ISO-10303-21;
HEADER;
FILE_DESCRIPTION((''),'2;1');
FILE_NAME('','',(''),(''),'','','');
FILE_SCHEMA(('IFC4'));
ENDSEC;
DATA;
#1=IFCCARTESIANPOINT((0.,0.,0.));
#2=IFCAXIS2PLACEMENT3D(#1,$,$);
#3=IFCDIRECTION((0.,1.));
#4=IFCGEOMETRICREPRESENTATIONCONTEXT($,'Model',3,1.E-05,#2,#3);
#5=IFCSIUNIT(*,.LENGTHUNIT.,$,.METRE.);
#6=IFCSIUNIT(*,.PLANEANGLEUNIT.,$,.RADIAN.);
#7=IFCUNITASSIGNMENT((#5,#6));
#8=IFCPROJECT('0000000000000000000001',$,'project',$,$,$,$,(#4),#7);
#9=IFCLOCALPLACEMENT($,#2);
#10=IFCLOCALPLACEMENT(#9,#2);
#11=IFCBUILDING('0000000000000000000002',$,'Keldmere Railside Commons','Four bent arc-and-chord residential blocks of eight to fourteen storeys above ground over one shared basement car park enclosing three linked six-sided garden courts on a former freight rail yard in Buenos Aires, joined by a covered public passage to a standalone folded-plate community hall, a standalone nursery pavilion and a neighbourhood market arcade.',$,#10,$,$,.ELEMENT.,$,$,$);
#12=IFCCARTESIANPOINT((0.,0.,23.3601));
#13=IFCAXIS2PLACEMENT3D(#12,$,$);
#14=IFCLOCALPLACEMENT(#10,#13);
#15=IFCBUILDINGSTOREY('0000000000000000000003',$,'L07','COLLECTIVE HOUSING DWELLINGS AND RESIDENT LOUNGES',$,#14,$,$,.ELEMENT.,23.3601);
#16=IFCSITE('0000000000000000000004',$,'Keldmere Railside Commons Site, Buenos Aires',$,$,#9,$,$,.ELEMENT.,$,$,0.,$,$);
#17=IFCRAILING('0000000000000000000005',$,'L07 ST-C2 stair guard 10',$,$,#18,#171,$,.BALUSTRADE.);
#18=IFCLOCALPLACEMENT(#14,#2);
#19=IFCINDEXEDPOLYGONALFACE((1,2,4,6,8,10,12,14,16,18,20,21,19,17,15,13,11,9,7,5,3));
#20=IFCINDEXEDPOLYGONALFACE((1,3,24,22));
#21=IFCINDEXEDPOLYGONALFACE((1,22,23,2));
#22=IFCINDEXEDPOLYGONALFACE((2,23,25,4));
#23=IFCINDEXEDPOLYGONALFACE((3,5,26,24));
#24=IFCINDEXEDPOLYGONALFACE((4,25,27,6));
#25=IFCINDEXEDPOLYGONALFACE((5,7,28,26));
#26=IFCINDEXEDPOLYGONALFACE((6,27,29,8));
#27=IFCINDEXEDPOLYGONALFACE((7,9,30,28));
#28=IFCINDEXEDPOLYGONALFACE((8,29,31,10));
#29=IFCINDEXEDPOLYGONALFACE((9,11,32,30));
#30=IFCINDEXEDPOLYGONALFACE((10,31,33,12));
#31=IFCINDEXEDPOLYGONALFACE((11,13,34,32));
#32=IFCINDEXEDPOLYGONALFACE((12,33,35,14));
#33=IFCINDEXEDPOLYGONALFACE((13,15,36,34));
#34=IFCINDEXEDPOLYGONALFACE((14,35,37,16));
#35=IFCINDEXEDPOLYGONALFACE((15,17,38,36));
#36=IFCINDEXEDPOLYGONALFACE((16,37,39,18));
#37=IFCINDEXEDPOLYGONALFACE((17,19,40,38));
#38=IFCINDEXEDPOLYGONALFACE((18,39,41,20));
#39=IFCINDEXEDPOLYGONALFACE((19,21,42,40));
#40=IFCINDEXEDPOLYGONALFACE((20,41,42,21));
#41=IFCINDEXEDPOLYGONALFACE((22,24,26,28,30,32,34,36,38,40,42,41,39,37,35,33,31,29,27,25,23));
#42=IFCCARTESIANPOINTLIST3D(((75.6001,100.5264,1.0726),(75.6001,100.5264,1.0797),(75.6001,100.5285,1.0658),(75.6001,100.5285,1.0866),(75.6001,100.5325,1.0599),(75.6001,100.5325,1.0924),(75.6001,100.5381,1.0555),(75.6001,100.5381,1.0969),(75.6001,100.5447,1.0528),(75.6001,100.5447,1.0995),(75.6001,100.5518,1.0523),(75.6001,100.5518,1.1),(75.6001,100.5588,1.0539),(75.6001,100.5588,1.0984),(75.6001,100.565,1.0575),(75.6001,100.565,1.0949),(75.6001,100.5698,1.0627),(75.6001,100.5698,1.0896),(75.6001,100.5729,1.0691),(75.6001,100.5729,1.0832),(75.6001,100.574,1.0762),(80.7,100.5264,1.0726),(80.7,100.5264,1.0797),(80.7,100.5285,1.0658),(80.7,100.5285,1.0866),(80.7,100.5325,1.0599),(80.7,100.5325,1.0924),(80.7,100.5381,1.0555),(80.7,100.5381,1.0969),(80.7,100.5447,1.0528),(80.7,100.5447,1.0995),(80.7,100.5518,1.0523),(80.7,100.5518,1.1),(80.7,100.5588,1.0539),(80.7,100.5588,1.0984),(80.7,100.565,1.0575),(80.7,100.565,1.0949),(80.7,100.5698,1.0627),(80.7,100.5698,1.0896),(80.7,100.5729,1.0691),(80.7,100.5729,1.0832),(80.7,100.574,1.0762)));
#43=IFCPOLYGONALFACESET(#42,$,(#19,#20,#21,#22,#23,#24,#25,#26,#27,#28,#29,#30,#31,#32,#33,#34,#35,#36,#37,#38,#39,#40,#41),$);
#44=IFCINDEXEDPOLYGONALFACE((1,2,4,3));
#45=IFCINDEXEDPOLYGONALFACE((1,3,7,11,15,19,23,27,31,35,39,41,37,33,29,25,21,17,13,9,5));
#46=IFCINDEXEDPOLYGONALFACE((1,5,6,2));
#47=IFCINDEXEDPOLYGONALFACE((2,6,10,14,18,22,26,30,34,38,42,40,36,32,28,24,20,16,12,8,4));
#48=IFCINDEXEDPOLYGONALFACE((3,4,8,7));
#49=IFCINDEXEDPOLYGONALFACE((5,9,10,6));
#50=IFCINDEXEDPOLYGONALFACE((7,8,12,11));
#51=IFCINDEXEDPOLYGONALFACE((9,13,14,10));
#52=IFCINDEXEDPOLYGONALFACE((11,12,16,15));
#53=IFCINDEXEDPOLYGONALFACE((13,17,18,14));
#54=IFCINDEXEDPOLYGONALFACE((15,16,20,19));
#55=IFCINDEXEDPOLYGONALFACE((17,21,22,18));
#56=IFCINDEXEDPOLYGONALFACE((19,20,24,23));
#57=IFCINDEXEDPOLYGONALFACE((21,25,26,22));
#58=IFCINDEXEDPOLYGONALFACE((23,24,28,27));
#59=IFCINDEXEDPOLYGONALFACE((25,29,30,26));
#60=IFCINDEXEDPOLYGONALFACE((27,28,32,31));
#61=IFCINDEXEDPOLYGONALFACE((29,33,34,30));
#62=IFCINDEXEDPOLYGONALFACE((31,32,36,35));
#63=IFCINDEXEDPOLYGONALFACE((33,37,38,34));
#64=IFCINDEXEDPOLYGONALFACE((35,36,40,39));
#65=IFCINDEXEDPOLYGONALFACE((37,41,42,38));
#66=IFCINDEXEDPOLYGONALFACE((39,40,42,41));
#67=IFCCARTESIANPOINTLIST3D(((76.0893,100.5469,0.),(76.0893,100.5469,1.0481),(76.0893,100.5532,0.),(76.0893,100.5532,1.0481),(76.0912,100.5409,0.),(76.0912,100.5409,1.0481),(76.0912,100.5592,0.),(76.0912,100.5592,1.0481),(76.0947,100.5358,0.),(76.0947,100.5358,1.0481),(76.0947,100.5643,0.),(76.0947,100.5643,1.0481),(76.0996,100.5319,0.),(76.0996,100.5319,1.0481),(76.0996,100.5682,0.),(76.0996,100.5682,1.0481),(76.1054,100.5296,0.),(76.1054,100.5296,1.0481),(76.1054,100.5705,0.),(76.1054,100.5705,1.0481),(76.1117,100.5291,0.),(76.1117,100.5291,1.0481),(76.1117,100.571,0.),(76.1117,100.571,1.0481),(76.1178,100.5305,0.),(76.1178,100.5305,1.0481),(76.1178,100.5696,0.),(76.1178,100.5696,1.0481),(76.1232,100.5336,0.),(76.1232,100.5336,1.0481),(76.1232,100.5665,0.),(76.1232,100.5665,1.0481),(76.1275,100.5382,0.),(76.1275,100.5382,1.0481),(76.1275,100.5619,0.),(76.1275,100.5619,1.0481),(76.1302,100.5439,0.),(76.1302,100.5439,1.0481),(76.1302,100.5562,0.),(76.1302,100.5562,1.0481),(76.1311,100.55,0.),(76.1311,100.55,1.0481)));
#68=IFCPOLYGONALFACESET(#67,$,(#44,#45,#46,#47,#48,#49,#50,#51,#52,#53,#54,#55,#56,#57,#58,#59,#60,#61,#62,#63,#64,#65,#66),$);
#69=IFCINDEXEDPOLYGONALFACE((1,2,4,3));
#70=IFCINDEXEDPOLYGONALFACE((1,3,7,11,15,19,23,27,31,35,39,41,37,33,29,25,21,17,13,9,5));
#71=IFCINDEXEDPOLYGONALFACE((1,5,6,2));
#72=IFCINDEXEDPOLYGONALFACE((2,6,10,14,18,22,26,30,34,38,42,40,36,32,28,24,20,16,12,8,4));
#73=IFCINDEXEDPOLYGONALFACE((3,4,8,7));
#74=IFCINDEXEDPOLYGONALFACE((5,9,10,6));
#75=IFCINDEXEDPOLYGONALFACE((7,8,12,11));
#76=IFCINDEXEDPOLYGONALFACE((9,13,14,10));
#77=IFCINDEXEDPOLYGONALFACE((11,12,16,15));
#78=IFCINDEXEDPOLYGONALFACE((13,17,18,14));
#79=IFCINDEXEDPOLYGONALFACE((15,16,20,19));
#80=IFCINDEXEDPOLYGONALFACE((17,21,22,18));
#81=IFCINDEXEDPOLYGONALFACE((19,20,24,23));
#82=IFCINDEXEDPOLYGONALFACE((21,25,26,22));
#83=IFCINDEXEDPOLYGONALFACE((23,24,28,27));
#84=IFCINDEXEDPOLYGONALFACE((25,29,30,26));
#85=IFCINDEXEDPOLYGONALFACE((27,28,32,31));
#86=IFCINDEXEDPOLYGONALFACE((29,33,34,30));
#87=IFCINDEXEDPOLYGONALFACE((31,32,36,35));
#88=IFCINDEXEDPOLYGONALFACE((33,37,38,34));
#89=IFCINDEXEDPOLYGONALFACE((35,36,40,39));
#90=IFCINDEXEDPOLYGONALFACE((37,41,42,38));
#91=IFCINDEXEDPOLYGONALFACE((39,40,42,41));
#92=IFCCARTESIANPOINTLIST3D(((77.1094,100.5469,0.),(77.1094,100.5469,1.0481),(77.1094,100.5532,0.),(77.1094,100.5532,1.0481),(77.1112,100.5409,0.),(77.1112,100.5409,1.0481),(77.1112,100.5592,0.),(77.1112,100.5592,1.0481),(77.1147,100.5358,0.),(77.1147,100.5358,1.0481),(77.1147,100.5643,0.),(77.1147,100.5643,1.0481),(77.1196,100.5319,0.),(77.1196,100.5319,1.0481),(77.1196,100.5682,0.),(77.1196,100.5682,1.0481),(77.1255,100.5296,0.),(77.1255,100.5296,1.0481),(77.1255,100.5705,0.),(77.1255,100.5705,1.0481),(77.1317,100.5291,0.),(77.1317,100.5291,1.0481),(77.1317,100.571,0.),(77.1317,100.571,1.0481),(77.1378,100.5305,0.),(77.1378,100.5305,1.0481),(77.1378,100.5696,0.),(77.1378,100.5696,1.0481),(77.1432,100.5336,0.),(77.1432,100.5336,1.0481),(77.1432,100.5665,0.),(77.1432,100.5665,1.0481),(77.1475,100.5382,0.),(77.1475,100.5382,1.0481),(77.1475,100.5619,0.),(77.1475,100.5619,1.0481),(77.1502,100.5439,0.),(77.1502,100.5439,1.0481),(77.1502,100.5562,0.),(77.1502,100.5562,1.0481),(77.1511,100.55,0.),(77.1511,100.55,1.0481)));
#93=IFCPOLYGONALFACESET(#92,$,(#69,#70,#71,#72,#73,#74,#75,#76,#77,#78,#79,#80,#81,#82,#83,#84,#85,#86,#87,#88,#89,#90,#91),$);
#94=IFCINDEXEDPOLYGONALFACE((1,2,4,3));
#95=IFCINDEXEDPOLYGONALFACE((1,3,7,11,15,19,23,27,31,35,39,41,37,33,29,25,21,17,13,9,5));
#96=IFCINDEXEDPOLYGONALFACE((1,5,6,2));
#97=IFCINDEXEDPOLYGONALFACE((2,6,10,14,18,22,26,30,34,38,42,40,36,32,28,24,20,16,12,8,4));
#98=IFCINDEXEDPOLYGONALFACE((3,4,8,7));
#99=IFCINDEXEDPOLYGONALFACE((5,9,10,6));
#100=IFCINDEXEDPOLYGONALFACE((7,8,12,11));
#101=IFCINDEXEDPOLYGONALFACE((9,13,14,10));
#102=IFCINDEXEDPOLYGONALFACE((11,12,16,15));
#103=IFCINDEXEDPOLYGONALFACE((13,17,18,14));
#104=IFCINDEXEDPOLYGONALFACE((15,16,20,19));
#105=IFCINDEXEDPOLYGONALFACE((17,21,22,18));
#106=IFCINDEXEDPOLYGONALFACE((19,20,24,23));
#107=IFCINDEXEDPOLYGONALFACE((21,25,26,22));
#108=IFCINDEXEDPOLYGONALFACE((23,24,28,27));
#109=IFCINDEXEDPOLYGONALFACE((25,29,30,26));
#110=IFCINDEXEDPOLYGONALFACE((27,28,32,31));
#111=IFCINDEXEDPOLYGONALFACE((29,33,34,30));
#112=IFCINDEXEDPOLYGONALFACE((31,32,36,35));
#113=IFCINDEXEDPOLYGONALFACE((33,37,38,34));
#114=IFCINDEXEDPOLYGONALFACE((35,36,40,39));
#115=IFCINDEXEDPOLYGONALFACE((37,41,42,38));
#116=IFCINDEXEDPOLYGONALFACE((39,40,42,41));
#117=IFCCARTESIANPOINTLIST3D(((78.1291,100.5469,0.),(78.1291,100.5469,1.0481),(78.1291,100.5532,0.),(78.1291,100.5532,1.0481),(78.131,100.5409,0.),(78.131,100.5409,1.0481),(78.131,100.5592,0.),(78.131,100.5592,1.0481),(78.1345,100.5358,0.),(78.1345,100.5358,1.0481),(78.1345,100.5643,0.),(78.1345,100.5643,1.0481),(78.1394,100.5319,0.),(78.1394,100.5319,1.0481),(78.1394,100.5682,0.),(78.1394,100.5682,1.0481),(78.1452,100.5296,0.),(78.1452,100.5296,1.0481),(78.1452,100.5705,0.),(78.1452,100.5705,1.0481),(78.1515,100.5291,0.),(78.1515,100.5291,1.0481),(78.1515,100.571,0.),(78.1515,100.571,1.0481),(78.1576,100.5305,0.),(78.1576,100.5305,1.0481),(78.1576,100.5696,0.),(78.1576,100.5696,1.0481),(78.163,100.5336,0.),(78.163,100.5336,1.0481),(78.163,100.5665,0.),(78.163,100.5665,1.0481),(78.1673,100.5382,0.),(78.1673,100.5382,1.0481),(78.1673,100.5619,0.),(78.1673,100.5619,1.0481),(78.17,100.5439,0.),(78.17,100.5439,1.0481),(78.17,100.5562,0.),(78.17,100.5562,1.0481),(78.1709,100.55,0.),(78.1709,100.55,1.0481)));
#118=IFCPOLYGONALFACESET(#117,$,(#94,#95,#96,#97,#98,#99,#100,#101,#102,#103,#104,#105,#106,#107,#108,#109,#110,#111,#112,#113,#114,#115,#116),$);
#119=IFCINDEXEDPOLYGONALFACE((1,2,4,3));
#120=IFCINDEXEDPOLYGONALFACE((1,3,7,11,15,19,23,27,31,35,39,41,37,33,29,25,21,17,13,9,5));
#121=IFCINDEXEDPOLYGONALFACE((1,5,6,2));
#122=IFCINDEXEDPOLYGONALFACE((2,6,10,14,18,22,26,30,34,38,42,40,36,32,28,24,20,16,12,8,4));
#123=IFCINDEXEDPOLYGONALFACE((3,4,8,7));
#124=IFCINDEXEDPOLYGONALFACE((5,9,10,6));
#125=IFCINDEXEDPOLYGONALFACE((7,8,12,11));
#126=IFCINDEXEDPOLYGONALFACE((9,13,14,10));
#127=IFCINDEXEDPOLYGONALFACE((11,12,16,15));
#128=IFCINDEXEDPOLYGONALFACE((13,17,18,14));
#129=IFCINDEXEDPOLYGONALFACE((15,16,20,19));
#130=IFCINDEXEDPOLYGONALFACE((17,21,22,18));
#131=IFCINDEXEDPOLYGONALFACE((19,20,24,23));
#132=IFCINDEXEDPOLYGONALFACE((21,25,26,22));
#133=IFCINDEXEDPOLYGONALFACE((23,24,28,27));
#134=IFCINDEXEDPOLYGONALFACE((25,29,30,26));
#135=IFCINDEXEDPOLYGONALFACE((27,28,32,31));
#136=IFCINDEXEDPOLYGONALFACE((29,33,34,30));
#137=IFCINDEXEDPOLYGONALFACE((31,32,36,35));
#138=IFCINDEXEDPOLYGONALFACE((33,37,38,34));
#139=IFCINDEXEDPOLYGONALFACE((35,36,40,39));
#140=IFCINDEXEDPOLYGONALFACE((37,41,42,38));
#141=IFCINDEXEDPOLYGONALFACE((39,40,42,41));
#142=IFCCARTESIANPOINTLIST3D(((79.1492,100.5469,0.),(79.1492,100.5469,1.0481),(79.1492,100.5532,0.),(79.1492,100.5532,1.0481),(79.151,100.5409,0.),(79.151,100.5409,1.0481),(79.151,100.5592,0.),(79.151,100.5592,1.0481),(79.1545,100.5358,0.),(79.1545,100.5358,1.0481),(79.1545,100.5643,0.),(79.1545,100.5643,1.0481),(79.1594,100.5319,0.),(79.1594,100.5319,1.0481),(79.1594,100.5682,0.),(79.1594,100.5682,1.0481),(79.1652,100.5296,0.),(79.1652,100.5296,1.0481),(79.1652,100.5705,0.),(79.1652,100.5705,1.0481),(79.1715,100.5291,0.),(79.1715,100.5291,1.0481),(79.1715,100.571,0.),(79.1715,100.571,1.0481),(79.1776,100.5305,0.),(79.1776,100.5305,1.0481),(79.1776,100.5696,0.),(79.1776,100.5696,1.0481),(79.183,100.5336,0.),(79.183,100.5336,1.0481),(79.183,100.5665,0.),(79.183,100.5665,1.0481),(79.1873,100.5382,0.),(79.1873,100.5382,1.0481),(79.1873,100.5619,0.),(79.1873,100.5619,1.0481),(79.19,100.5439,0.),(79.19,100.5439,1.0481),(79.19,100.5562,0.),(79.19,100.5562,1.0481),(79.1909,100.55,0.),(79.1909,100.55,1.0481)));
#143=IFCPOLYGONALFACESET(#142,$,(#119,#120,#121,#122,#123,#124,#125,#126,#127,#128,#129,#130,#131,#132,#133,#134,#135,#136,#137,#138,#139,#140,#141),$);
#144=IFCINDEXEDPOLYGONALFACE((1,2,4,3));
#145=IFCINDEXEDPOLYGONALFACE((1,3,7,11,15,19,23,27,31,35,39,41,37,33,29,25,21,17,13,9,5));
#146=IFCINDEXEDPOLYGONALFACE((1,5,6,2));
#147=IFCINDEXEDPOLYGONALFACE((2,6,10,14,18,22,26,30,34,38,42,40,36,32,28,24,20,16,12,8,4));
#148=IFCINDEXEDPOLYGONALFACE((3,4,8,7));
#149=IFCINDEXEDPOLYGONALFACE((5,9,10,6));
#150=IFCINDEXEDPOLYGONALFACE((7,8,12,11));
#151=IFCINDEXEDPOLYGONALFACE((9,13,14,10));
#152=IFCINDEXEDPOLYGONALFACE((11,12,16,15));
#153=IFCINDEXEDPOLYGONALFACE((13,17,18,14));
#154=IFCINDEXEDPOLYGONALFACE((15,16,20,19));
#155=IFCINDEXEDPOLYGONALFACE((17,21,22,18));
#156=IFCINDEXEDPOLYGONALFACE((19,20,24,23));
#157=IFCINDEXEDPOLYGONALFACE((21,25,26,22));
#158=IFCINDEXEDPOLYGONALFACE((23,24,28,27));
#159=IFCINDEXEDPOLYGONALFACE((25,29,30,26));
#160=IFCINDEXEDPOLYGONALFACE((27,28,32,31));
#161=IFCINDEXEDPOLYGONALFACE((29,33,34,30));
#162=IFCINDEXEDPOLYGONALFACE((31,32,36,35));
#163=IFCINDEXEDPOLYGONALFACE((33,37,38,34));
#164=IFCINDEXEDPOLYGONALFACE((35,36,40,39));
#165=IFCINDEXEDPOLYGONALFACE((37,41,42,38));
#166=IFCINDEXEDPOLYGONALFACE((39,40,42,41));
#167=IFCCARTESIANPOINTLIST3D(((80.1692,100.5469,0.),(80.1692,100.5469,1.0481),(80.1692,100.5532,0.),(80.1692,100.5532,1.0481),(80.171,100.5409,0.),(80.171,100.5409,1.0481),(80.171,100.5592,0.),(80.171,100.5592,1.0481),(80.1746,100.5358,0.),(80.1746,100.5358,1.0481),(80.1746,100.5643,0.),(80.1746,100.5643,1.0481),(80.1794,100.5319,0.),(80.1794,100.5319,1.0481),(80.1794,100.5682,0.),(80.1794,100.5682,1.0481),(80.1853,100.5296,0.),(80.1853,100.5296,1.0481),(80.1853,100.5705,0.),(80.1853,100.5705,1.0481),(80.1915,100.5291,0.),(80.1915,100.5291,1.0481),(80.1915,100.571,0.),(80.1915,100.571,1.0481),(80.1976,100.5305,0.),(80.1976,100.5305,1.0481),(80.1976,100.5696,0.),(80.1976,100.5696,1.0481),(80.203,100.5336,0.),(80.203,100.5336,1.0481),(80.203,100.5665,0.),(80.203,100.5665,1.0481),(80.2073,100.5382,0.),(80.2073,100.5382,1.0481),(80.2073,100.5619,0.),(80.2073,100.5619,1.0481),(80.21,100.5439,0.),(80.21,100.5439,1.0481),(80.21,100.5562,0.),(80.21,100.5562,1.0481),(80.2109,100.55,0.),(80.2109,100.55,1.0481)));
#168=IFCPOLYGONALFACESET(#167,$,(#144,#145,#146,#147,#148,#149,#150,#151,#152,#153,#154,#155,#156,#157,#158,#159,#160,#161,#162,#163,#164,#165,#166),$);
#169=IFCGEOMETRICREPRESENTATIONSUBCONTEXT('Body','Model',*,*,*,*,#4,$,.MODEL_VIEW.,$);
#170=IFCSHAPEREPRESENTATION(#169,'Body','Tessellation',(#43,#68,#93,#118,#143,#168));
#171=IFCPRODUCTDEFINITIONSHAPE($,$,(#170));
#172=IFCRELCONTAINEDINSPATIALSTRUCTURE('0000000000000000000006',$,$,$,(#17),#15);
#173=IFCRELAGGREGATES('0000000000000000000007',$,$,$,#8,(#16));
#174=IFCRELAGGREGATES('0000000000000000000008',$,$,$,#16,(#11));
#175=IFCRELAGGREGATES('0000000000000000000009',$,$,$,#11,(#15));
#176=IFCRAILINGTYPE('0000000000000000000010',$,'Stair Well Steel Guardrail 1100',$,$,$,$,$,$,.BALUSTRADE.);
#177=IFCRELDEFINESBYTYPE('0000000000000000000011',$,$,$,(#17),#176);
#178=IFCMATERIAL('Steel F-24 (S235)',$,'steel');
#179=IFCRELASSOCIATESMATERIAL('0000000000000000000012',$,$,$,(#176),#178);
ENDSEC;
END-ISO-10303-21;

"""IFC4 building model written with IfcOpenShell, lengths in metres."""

from ifc_helpers import new_model, si_unit, direction, frame, origin, origin_2d, place, context, subcontext, project, spatial, circle, extrude, material, type_object, element, save


model = new_model("IFC4")

# Units and contexts
model_context = context("Model", 3, precision=1e-05, world=origin(), true_north=direction((0.0, 1.0)))
body_context = subcontext(model_context, "Body", "Model", "MODEL_VIEW")
ifc_project = project(units=[si_unit("LENGTHUNIT", "METRE"), si_unit("PLANEANGLEUNIT", "RADIAN")], contexts=[model_context])

# Site, building, storey
site_placement = place(None, origin())
site = spatial("IfcSite", under=ifc_project, at=site_placement, Name="Keldmere Railside Commons Site, Buenos Aires", CompositionType="ELEMENT", RefElevation=0.0)
building_placement = place(site_placement, origin())
building = spatial("IfcBuilding", under=site, at=building_placement, Name="Keldmere Railside Commons", Description="Four bent arc-and-chord residential blocks of eight to fourteen storeys above ground over one shared basement car park enclosing three linked six-sided garden courts on a former freight rail yard in Buenos Aires, joined by a covered public passage to a standalone folded-plate community hall, a standalone nursery pavilion and a neighbourhood market arcade.", CompositionType="ELEMENT")
storey_placement = place(building_placement, frame((0.0, 0.0, 23.3601)))
storey = spatial("IfcBuildingStorey", under=building, at=storey_placement, Name="L07", Description="COLLECTIVE HOUSING DWELLINGS AND RESIDENT LOUNGES", CompositionType="ELEMENT", Elevation=23.3601)

# Railing
ifc_material_1 = material(Name="Steel F-24 (S235)", Category="steel")
railing_type_1 = type_object("IfcRailingType", Name="Stair Well Steel Guardrail 1100", PredefinedType="BALUSTRADE", material=ifc_material_1)
for number, where, name in (
    (1, (75.6001, 100.55, 0.0), "L07 ST-C2 stair guard 10"),
):
    element("IfcRailing", number, at=place(storey_placement, frame(where)), inside=storey, type_object=railing_type_1, Name=name, PredefinedType="BALUSTRADE", context=body_context, shape_type="SweptSolid", body=[
        extrude(circle(Radius=0.0239, at=origin_2d()), frame((0.0, 0.0, 1.0762), z_axis=(1.0, 0.0, 0.0), x_axis=(0.0, 1.0, 0.0)), (0.0, 0.0, 1.0), 5.0999),
        extrude(circle(Radius=0.021, at=origin_2d()), frame((0.51, 0.0, 0.0)), (0.0, 0.0, 1.0), 1.0481),
        extrude(circle(Radius=0.021, at=origin_2d()), frame((1.53, 0.0, 0.0)), (0.0, 0.0, 1.0), 1.0481),
        extrude(circle(Radius=0.021, at=origin_2d()), frame((2.5498, 0.0, 0.0)), (0.0, 0.0, 1.0), 1.0481),
        extrude(circle(Radius=0.021, at=origin_2d()), frame((3.5698, 0.0, 0.0)), (0.0, 0.0, 1.0), 1.0481),
        extrude(circle(Radius=0.021, at=origin_2d()), frame((4.5898, 0.0, 0.0)), (0.0, 0.0, 1.0), 1.0481),
    ])

save(model, "model.ifc")
